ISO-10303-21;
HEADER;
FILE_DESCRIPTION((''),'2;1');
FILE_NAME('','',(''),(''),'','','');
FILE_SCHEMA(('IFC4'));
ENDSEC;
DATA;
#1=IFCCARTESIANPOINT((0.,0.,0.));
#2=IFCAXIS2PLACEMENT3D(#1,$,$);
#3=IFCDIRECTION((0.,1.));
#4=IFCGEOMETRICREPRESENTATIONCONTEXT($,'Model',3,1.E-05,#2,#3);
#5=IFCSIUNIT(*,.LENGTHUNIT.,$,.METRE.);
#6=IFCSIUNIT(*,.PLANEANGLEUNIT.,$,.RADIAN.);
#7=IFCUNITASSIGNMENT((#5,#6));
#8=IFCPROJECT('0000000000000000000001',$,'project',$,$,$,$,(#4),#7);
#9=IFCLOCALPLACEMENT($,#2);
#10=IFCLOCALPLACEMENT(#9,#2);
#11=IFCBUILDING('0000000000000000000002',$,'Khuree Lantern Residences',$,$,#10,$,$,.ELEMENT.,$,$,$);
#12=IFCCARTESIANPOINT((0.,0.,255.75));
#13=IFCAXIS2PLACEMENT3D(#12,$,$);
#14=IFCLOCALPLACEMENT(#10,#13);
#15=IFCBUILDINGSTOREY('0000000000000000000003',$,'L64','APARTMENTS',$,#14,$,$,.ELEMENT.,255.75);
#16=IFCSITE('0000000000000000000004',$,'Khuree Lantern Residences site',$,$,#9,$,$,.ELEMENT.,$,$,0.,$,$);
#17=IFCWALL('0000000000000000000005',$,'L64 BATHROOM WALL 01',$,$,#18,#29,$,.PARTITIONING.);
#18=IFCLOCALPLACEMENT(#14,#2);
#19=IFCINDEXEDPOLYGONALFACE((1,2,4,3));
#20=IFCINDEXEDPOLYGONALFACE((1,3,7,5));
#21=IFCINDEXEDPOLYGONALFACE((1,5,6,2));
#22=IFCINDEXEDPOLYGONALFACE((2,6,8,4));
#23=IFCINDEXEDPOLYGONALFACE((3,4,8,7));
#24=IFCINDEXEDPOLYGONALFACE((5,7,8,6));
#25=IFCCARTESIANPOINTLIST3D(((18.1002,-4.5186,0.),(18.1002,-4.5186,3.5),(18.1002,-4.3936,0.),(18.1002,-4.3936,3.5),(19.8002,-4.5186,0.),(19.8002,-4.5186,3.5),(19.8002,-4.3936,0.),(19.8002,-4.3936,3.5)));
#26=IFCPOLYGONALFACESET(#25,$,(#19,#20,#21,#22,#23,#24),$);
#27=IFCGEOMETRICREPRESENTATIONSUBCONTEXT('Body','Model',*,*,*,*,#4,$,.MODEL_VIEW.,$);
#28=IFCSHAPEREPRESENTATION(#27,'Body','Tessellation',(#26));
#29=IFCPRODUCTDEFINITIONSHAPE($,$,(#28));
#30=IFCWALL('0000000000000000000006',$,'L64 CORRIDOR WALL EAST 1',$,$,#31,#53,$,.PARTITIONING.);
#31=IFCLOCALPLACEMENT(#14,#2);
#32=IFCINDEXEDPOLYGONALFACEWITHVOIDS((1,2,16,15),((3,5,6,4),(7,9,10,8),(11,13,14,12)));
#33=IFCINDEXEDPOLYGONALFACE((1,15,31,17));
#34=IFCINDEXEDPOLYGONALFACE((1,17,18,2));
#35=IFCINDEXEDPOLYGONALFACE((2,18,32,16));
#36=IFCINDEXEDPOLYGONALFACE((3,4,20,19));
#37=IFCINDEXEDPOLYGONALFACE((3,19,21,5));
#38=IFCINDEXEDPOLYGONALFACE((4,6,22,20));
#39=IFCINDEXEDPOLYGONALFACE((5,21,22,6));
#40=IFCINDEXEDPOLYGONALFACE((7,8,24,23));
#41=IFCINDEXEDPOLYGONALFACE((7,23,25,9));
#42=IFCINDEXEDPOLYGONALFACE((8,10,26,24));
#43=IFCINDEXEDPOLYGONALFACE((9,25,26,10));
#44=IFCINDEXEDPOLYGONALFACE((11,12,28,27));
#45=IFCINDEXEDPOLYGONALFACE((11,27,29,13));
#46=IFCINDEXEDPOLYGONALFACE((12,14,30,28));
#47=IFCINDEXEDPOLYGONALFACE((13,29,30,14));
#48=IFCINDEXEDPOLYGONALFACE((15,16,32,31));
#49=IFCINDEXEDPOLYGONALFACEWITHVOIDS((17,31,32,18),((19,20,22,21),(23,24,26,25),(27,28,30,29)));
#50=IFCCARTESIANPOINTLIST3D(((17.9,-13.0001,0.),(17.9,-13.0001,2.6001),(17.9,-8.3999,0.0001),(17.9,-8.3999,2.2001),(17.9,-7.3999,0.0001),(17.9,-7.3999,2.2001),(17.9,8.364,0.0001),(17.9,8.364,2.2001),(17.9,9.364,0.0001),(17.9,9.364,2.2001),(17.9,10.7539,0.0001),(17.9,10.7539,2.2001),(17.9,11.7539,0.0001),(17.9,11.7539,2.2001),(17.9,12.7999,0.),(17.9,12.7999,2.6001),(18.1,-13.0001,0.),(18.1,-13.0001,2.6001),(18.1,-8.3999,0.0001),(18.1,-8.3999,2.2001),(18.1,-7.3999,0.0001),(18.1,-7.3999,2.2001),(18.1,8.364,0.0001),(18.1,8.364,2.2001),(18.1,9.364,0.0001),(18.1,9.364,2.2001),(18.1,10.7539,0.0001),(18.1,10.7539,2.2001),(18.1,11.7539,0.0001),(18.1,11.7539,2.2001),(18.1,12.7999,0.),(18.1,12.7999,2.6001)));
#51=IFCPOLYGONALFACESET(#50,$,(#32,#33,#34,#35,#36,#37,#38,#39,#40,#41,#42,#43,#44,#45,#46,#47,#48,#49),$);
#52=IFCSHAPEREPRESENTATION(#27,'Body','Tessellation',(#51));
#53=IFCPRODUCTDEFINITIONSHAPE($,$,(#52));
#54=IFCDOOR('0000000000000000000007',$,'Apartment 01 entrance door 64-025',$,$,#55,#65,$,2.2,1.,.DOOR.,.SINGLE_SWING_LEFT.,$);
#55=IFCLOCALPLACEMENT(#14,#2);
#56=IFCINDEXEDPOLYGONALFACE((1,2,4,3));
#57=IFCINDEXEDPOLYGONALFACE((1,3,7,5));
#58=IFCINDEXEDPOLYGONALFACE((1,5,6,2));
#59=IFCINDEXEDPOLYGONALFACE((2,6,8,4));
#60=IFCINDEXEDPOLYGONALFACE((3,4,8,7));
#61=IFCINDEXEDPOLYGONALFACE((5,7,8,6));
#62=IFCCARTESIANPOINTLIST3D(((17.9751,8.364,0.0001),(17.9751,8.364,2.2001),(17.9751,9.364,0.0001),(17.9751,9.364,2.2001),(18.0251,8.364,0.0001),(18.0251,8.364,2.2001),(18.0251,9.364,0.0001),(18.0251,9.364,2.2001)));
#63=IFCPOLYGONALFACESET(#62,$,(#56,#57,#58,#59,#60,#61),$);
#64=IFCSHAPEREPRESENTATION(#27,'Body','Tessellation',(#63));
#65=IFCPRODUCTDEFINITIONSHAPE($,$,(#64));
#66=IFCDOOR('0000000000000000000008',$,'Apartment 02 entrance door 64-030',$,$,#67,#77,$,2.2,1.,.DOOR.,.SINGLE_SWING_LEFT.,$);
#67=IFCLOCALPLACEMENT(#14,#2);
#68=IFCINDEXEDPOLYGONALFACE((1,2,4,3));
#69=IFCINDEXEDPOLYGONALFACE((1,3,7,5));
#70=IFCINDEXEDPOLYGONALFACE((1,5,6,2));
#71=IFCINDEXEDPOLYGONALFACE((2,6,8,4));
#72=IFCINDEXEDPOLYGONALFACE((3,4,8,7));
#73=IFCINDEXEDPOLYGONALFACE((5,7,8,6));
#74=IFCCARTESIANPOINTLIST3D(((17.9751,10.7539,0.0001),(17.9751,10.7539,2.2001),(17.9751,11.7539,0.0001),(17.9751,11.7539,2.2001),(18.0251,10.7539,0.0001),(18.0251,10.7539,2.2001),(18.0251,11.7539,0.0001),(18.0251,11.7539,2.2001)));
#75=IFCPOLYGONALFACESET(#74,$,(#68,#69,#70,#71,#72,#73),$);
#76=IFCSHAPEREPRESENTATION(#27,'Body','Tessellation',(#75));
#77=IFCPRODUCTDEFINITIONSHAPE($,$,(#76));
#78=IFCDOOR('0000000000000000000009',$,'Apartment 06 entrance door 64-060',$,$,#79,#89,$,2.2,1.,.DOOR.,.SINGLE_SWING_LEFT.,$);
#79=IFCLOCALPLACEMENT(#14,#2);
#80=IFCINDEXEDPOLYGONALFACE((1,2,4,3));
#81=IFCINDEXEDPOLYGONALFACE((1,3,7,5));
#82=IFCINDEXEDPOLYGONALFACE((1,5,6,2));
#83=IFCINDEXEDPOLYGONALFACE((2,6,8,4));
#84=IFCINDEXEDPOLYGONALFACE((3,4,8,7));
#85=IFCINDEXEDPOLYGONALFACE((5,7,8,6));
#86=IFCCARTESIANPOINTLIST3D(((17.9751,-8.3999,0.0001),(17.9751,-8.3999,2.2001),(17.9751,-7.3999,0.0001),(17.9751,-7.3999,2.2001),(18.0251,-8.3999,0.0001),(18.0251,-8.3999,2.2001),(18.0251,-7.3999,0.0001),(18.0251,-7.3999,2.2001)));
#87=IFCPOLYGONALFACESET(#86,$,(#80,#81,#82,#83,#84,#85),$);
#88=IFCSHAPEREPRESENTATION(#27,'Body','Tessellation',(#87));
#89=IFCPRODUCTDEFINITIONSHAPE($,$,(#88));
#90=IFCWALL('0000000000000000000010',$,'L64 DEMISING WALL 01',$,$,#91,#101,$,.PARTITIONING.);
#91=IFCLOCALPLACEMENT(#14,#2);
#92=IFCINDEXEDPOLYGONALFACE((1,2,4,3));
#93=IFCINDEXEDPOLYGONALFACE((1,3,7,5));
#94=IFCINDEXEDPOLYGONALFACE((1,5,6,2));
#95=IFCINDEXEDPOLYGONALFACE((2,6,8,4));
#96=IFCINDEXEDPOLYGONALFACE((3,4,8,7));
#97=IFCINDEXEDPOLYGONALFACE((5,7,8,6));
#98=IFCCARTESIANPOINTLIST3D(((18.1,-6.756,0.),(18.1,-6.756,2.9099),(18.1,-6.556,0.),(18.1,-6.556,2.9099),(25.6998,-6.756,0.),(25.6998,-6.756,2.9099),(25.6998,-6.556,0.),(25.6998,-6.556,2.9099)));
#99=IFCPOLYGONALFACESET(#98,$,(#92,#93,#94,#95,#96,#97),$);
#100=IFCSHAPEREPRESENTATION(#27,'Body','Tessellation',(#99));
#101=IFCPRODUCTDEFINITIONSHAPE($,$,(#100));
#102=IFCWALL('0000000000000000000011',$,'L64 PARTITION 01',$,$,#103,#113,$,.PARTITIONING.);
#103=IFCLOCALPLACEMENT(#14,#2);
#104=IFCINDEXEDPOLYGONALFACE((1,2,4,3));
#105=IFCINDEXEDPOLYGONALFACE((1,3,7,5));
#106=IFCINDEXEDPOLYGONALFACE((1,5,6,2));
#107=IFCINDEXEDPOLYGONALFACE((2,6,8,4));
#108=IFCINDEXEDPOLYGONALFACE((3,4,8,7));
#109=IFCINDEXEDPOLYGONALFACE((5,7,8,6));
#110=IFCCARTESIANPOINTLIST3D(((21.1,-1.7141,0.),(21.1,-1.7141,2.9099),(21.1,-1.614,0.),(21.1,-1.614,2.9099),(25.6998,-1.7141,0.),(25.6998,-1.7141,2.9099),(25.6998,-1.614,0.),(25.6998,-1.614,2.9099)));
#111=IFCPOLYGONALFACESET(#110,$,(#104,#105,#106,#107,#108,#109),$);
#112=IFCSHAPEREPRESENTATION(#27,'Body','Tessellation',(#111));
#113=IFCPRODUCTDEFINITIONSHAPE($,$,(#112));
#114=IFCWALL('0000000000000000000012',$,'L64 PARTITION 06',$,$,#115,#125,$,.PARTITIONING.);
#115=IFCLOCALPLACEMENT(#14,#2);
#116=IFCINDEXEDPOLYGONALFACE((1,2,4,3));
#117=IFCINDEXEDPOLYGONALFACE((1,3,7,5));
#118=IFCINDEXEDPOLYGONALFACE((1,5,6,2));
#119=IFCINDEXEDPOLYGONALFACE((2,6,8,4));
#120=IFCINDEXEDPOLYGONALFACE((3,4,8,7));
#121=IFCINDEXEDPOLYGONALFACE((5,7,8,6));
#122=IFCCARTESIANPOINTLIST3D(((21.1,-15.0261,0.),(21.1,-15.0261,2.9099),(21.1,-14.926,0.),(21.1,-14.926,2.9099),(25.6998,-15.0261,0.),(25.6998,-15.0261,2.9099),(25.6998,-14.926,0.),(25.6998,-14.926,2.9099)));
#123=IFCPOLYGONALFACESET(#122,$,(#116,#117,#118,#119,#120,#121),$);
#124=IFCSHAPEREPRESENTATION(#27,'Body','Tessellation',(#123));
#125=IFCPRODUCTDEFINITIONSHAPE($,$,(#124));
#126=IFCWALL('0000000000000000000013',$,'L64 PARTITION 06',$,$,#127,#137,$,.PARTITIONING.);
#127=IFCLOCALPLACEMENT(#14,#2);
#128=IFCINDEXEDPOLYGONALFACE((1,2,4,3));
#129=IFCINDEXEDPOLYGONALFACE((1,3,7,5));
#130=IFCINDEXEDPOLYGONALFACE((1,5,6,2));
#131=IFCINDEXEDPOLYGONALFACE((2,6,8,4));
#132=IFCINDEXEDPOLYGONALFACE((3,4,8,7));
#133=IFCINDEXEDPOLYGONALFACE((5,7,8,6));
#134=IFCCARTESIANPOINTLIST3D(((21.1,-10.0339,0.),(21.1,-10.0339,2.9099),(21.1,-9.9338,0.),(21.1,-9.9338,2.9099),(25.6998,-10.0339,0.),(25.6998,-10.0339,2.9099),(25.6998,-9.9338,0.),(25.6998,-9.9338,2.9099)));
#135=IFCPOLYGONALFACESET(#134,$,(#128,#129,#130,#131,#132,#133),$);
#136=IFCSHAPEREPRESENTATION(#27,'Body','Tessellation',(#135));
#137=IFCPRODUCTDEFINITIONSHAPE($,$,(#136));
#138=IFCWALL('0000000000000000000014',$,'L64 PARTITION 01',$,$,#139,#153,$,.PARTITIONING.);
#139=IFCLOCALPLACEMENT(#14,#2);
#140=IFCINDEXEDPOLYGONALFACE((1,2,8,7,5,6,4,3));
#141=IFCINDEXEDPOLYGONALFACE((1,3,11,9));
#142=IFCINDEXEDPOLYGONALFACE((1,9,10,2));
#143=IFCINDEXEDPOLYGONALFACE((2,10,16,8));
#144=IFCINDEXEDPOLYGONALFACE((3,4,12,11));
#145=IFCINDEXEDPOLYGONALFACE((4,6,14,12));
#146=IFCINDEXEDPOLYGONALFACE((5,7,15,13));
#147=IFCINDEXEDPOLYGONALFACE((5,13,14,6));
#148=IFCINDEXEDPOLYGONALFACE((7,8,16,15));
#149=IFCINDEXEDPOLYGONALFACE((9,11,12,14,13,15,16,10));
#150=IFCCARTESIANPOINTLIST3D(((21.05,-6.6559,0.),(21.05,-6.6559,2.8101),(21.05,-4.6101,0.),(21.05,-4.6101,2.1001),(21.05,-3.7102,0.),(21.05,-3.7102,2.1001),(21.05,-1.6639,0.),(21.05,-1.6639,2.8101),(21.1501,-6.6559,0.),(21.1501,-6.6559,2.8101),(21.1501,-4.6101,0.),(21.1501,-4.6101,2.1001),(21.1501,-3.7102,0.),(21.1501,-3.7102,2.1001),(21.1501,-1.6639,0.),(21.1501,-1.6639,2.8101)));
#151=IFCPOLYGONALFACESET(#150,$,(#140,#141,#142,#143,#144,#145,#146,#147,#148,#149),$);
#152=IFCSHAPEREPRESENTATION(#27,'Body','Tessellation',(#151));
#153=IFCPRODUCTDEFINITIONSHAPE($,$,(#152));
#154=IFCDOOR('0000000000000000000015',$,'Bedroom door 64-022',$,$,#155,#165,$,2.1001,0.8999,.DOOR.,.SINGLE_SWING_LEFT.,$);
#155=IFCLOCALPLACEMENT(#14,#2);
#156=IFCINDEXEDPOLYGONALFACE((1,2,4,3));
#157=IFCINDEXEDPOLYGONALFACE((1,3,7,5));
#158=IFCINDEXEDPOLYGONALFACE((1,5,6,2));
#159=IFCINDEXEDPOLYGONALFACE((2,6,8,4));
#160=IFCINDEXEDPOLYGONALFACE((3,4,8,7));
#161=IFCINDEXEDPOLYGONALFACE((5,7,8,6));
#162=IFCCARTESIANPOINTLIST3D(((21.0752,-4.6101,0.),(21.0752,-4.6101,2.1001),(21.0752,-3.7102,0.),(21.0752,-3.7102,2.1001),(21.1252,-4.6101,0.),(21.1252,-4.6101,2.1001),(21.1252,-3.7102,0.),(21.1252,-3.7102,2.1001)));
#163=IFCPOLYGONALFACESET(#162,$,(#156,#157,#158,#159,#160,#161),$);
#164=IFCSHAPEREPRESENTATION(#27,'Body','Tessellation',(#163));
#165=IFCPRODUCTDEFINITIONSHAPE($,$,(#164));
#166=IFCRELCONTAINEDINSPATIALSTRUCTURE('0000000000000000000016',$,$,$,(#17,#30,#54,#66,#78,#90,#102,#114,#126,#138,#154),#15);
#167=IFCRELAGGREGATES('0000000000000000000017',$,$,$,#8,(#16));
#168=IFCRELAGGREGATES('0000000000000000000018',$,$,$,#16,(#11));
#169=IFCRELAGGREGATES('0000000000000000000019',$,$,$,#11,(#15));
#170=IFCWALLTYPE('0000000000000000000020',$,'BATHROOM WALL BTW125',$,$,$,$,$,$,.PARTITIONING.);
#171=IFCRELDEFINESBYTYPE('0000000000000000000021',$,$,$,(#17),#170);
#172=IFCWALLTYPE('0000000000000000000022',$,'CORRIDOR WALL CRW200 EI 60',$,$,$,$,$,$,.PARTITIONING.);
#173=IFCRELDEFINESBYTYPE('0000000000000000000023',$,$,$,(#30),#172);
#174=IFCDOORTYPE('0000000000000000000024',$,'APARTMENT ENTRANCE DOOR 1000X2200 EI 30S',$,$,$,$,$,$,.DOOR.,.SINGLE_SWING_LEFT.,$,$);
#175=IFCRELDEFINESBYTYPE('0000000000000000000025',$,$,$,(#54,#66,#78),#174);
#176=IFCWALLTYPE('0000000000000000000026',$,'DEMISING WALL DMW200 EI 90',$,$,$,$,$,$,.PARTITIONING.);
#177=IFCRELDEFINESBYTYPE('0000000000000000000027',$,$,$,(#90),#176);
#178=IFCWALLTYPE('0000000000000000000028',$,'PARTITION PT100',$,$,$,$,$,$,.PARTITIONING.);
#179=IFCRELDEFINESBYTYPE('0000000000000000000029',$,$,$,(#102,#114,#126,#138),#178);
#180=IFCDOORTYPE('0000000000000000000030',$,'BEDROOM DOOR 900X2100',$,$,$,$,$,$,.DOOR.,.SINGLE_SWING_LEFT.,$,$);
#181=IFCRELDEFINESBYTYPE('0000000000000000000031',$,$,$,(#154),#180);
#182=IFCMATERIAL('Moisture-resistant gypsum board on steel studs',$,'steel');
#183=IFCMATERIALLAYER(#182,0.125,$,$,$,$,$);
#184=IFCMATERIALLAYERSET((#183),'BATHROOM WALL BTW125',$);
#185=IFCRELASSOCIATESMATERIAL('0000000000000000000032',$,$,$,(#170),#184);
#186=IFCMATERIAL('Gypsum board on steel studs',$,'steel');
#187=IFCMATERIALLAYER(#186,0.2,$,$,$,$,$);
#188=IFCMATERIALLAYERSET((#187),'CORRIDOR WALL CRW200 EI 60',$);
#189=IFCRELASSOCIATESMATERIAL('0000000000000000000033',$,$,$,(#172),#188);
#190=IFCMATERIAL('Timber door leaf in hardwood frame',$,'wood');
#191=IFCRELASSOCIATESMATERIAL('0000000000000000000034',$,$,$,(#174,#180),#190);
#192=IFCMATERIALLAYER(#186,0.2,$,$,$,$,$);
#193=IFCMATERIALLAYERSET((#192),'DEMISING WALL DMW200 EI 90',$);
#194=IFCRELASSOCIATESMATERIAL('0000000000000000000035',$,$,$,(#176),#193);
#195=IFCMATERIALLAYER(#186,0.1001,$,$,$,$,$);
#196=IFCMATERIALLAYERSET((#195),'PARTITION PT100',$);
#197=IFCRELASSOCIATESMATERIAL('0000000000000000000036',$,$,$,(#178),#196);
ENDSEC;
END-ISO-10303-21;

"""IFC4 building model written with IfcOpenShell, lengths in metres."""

from ifc_helpers import new_model, si_unit, direction, frame, frame_2d, origin, place, context, subcontext, project, spatial, rectangle, extrude, material, layer, layer_set, type_object, element, fill, save


model = new_model("IFC4")

# Units and contexts
model_context = context("Model", 3, precision=1e-05, world=origin(), true_north=direction((0.0, 1.0)))
body_context = subcontext(model_context, "Body", "Model", "MODEL_VIEW")
ifc_project = project(units=[si_unit("LENGTHUNIT", "METRE"), si_unit("PLANEANGLEUNIT", "RADIAN")], contexts=[model_context])

# Site, building, storey
site_placement = place(None, origin())
site = spatial("IfcSite", under=ifc_project, at=site_placement, Name="Khuree Lantern Residences site", CompositionType="ELEMENT", RefElevation=0.0)
building_placement = place(site_placement, origin())
building = spatial("IfcBuilding", under=site, at=building_placement, Name="Khuree Lantern Residences", CompositionType="ELEMENT")
storey_placement = place(building_placement, frame((0.0, 0.0, 255.75)))
storey = spatial("IfcBuildingStorey", under=building, at=storey_placement, Name="L64", Description="APARTMENTS", CompositionType="ELEMENT", Elevation=255.75)

# Shared definitions
ifc_material_1 = material(Name="Moisture-resistant gypsum board on steel studs", Category="steel")
ifc_layer_1 = layer(ifc_material_1, 0.125)
ifc_layer_set_1 = layer_set([ifc_layer_1], Name="BATHROOM WALL BTW125")
wall_type_1 = type_object("IfcWallType", Name="BATHROOM WALL BTW125", PredefinedType="PARTITIONING", material=ifc_layer_set_1)
ifc_material_2 = material(Name="Timber door leaf in hardwood frame", Category="wood")

# Wall
wall_1_placement = place(storey_placement, frame((18.1001, -4.4561, 0.0), z_axis=(0.0, 0.0, 1.0), x_axis=(1.0, 0.0, 0.0)))
element("IfcWall", 1, at=wall_1_placement, inside=storey, type_object=wall_type_1, Name="L64 BATHROOM WALL 01", PredefinedType="PARTITIONING", context=body_context, shape_type="SweptSolid", body=[
    extrude(rectangle(XDim=1.7, YDim=0.125, at=frame_2d((0.8501, 0.0))), origin(), (0.0, 0.0, 1.0), 3.5),
])

# Wall, openings, doors
ifc_material_3 = material(Name="Gypsum board on steel studs", Category="steel")
ifc_layer_2 = layer(ifc_material_3, 0.2)
ifc_layer_set_2 = layer_set([ifc_layer_2], Name="CORRIDOR WALL CRW200 EI 60")
wall_type_2 = type_object("IfcWallType", Name="CORRIDOR WALL CRW200 EI 60", PredefinedType="PARTITIONING", material=ifc_layer_set_2)
wall_2_placement = place(storey_placement, frame((18.0, -13.0, 0.0), z_axis=(0.0, 0.0, 1.0), x_axis=(0.0, 1.0, 0.0)))
wall_2 = element("IfcWall", 2, at=wall_2_placement, inside=storey, type_object=wall_type_2, Name="L64 CORRIDOR WALL EAST 1", PredefinedType="PARTITIONING", context=body_context, shape_type="SweptSolid", body=[
    extrude(rectangle(XDim=25.8, YDim=0.2, at=frame_2d((12.8999, 0.0))), origin(), (0.0, 0.0, 1.0), 2.6001),
])
opening_1_placement = place(wall_2_placement, frame((21.364, 0.0, 0.0)))
opening_1 = element("IfcOpeningElement", 3, at=opening_1_placement, cuts=wall_2, PredefinedType="OPENING", context=body_context, shape_type="SweptSolid", body=[
    extrude(rectangle(XDim=1.0, YDim=2.2, at=frame_2d((0.5, 1.1001))), frame((0.0, 0.1099, 0.0), z_axis=(0.0, -1.0, 0.0), x_axis=(1.0, 0.0, 0.0)), (0.0, 0.0, 1.0), 0.22),
])
opening_2_placement = place(wall_2_placement, frame((23.7539, 0.0, 0.0)))
opening_2 = element("IfcOpeningElement", 4, at=opening_2_placement, cuts=wall_2, PredefinedType="OPENING", context=body_context, shape_type="SweptSolid", body=[
    extrude(rectangle(XDim=1.0, YDim=2.2, at=frame_2d((0.5, 1.1001))), frame((0.0, 0.1099, 0.0), z_axis=(0.0, -1.0, 0.0), x_axis=(1.0, 0.0, 0.0)), (0.0, 0.0, 1.0), 0.22),
])
opening_3_placement = place(wall_2_placement, frame((4.6001, 0.0, 0.0)))
opening_3 = element("IfcOpeningElement", 5, at=opening_3_placement, cuts=wall_2, PredefinedType="OPENING", context=body_context, shape_type="SweptSolid", body=[
    extrude(rectangle(XDim=1.0, YDim=2.2, at=frame_2d((0.5, 1.1001))), frame((0.0, 0.1099, 0.0), z_axis=(0.0, -1.0, 0.0), x_axis=(1.0, 0.0, 0.0)), (0.0, 0.0, 1.0), 0.22),
])
door_type_1 = type_object("IfcDoorType", Name="APARTMENT ENTRANCE DOOR 1000X2200 EI 30S", OperationType="SINGLE_SWING_LEFT", PredefinedType="DOOR", material=ifc_material_2)
door_1_placement = place(opening_1_placement, origin())
door_1 = element("IfcDoor", 6, at=door_1_placement, inside=storey, type_object=door_type_1, Name="Apartment 01 entrance door 64-025", OperationType="SINGLE_SWING_LEFT", OverallHeight=2.2, OverallWidth=1.0, PredefinedType="DOOR", context=body_context, shape_type="SweptSolid", body=[
    extrude(rectangle(XDim=1.0, YDim=2.2, at=frame_2d((0.5, 1.1001))), frame((0.0, 0.0249, 0.0), z_axis=(0.0, -1.0, 0.0), x_axis=(1.0, 0.0, 0.0)), (0.0, 0.0, 1.0), 0.05),
])
fill(opening_1, door_1)
door_2_placement = place(opening_2_placement, origin())
door_2 = element("IfcDoor", 7, at=door_2_placement, inside=storey, type_object=door_type_1, Name="Apartment 02 entrance door 64-030", OperationType="SINGLE_SWING_LEFT", OverallHeight=2.2, OverallWidth=1.0, PredefinedType="DOOR", context=body_context, shape_type="SweptSolid", body=[
    extrude(rectangle(XDim=1.0, YDim=2.2, at=frame_2d((0.5, 1.1001))), frame((0.0, 0.0249, 0.0), z_axis=(0.0, -1.0, 0.0), x_axis=(1.0, 0.0, 0.0)), (0.0, 0.0, 1.0), 0.05),
])
fill(opening_2, door_2)
door_3_placement = place(opening_3_placement, origin())
door_3 = element("IfcDoor", 8, at=door_3_placement, inside=storey, type_object=door_type_1, Name="Apartment 06 entrance door 64-060", OperationType="SINGLE_SWING_LEFT", OverallHeight=2.2, OverallWidth=1.0, PredefinedType="DOOR", context=body_context, shape_type="SweptSolid", body=[
    extrude(rectangle(XDim=1.0, YDim=2.2, at=frame_2d((0.5, 1.1001))), frame((0.0, 0.0249, 0.0), z_axis=(0.0, -1.0, 0.0), x_axis=(1.0, 0.0, 0.0)), (0.0, 0.0, 1.0), 0.05),
])
fill(opening_3, door_3)

# Walls
ifc_layer_3 = layer(ifc_material_3, 0.2)
ifc_layer_set_3 = layer_set([ifc_layer_3], Name="DEMISING WALL DMW200 EI 90")
wall_type_3 = type_object("IfcWallType", Name="DEMISING WALL DMW200 EI 90", PredefinedType="PARTITIONING", material=ifc_layer_set_3)
wall_3_placement = place(storey_placement, frame((18.1001, -6.656, 0.0), z_axis=(0.0, 0.0, 1.0), x_axis=(1.0, 0.0, 0.0)))
element("IfcWall", 9, at=wall_3_placement, inside=storey, type_object=wall_type_3, Name="L64 DEMISING WALL 01", PredefinedType="PARTITIONING", context=body_context, shape_type="SweptSolid", body=[
    extrude(rectangle(XDim=7.5999, YDim=0.2, at=frame_2d((3.7998, 0.0))), origin(), (0.0, 0.0, 1.0), 2.9099),
])
ifc_layer_4 = layer(ifc_material_3, 0.1001)
ifc_layer_set_4 = layer_set([ifc_layer_4], Name="PARTITION PT100")
wall_type_4 = type_object("IfcWallType", Name="PARTITION PT100", PredefinedType="PARTITIONING", material=ifc_layer_set_4)
for number, where, z_axis, x_axis, name in (
    (10, (21.1001, -1.6641, 0.0), (0.0, 0.0, 1.0), (1.0, 0.0, 0.0), "L64 PARTITION 01"),
    (11, (21.1001, -14.9761, 0.0), (0.0, 0.0, 1.0), (1.0, 0.0, 0.0), "L64 PARTITION 06"),
    (12, (21.1001, -9.9839, 0.0), (0.0, 0.0, 1.0), (1.0, 0.0, 0.0), "L64 PARTITION 06"),
):
    element("IfcWall", number, at=place(storey_placement, frame(where, z_axis=z_axis, x_axis=x_axis)), inside=storey, type_object=wall_type_4, Name=name, PredefinedType="PARTITIONING", context=body_context, shape_type="SweptSolid", body=[
        extrude(rectangle(XDim=4.5999, YDim=0.1001, at=frame_2d((2.2998, 0.0))), origin(), (0.0, 0.0, 1.0), 2.9099),
    ])

# Wall, opening, door
wall_4_placement = place(storey_placement, frame((21.1001, -6.656, 0.0), z_axis=(0.0, 0.0, 1.0), x_axis=(0.0, 1.0, 0.0)))
wall_4 = element("IfcWall", 13, at=wall_4_placement, inside=storey, type_object=wall_type_4, Name="L64 PARTITION 01", PredefinedType="PARTITIONING", context=body_context, shape_type="SweptSolid", body=[
    extrude(rectangle(XDim=4.9919, YDim=0.1001, at=frame_2d((2.4961, 0.0))), origin(), (0.0, 0.0, 1.0), 2.8101),
])
opening_4_placement = place(wall_4_placement, frame((2.0459, 0.0, 0.0)))
opening_4 = element("IfcOpeningElement", 14, at=opening_4_placement, cuts=wall_4, PredefinedType="OPENING", context=body_context, shape_type="SweptSolid", body=[
    extrude(rectangle(XDim=0.8999, YDim=2.1001, at=frame_2d((0.45, 1.05))), frame((0.0, 0.0601, 0.0), z_axis=(0.0, -1.0, 0.0), x_axis=(1.0, 0.0, 0.0)), (0.0, 0.0, 1.0), 0.1201),
])
door_type_2 = type_object("IfcDoorType", Name="BEDROOM DOOR 900X2100", OperationType="SINGLE_SWING_LEFT", PredefinedType="DOOR", material=ifc_material_2)
door_4_placement = place(opening_4_placement, origin())
door_4 = element("IfcDoor", 15, at=door_4_placement, inside=storey, type_object=door_type_2, Name="Bedroom door 64-022", OperationType="SINGLE_SWING_LEFT", OverallHeight=2.1001, OverallWidth=0.8999, PredefinedType="DOOR", context=body_context, shape_type="SweptSolid", body=[
    extrude(rectangle(XDim=0.8999, YDim=2.1001, at=frame_2d((0.45, 1.05))), frame((0.0, 0.0249, 0.0), z_axis=(0.0, -1.0, 0.0), x_axis=(1.0, 0.0, 0.0)), (0.0, 0.0, 1.0), 0.05),
])
fill(opening_4, door_4)

save(model, "model.ifc")
